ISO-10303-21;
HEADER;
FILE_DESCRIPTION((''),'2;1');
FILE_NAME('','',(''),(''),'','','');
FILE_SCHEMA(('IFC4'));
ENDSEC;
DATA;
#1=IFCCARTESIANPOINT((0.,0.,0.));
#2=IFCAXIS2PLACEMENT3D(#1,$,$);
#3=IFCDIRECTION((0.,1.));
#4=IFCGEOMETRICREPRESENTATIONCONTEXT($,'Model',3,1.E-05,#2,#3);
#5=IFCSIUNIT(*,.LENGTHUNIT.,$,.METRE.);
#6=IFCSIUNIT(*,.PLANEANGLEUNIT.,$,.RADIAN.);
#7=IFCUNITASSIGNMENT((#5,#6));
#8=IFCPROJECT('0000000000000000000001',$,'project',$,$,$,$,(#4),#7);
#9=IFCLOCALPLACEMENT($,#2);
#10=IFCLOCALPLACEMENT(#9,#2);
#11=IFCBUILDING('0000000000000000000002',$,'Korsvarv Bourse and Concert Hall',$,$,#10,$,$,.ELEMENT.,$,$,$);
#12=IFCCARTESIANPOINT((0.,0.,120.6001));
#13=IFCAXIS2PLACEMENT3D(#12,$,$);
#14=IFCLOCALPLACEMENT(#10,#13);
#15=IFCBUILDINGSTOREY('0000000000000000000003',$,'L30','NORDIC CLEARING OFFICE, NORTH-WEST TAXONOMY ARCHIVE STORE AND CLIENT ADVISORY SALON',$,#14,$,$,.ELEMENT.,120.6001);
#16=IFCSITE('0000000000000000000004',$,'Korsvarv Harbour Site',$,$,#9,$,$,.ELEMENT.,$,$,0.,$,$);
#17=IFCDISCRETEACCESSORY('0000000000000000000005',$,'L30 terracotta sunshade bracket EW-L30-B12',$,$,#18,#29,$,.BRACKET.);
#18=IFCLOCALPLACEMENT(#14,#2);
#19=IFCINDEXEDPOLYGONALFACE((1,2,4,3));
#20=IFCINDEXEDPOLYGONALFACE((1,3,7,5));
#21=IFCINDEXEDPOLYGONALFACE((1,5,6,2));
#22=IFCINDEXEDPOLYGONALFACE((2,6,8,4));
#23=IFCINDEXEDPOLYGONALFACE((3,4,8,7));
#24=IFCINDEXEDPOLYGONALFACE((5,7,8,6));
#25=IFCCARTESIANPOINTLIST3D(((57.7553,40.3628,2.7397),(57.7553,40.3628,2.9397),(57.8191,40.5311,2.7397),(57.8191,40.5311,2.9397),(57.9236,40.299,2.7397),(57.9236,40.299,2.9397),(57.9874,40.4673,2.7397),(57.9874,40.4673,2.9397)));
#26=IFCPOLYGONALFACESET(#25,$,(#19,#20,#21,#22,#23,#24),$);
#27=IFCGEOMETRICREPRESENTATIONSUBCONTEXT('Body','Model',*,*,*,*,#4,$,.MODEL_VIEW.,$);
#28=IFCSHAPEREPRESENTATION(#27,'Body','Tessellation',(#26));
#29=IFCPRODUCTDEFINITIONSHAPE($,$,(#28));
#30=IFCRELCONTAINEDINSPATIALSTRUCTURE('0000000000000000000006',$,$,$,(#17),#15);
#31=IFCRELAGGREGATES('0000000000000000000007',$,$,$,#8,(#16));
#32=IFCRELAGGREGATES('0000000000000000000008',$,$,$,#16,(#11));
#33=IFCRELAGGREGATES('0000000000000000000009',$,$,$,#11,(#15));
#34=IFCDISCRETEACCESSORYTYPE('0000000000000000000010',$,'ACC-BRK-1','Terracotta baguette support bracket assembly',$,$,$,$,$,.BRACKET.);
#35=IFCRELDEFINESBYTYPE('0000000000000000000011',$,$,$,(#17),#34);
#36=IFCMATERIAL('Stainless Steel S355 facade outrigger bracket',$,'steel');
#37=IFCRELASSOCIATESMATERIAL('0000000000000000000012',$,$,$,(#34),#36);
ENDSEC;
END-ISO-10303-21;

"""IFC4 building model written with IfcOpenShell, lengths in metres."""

from ifc_helpers import new_model, si_unit, direction, frame, origin, origin_2d, place, context, subcontext, project, spatial, rectangle, extrude, source, transform, mapped, material, type_object, element, save


model = new_model("IFC4")

# Units and contexts
model_context = context("Model", 3, precision=1e-05, world=origin(), true_north=direction((0.0, 1.0)))
body_context = subcontext(model_context, "Body", "Model", "MODEL_VIEW")
ifc_project = project(units=[si_unit("LENGTHUNIT", "METRE"), si_unit("PLANEANGLEUNIT", "RADIAN")], contexts=[model_context])

# Site, building, storey
site_placement = place(None, origin())
site = spatial("IfcSite", under=ifc_project, at=site_placement, Name="Korsvarv Harbour Site", CompositionType="ELEMENT", RefElevation=0.0)
building_placement = place(site_placement, origin())
building = spatial("IfcBuilding", under=site, at=building_placement, Name="Korsvarv Bourse and Concert Hall", CompositionType="ELEMENT")
storey_placement = place(building_placement, frame((0.0, 0.0, 120.6001)))
storey = spatial("IfcBuildingStorey", under=building, at=storey_placement, Name="L30", Description="NORDIC CLEARING OFFICE, NORTH-WEST TAXONOMY ARCHIVE STORE AND CLIENT ADVISORY SALON", CompositionType="ELEMENT", Elevation=120.6001)

# Discrete accessory
ifc_material_1 = material(Name="Stainless Steel S355 facade outrigger bracket", Category="steel")
discrete_accessory_type = type_object("IfcDiscreteAccessoryType", Name="ACC-BRK-1", Description="Terracotta baguette support bracket assembly", PredefinedType="BRACKET", material=ifc_material_1)
shared_shape_1 = source(origin(), body_context, "Body", "SweptSolid", [
    extrude(rectangle(XDim=0.1799, YDim=0.1799, at=origin_2d()), origin(), (0.0, 0.0, 1.0), 0.2),
])
for number, where, z_axis, x_axis, name in (
    (1, (57.8713, 40.415, 2.7397), (0.0, 0.0, 1.0), (0.354454, 0.935073, 0.0), "L30 terracotta sunshade bracket EW-L30-B12"),
):
    element("IfcDiscreteAccessory", number, at=place(storey_placement, frame(where, z_axis=z_axis, x_axis=x_axis)), inside=storey, type_object=discrete_accessory_type, Name=name, PredefinedType="BRACKET", context=body_context, shape_type="MappedRepresentation", body=[
        mapped(shared_shape_1, transform((0.0, 0.0, 0.0), scale=1.0)),
    ])

save(model, "model.ifc")
